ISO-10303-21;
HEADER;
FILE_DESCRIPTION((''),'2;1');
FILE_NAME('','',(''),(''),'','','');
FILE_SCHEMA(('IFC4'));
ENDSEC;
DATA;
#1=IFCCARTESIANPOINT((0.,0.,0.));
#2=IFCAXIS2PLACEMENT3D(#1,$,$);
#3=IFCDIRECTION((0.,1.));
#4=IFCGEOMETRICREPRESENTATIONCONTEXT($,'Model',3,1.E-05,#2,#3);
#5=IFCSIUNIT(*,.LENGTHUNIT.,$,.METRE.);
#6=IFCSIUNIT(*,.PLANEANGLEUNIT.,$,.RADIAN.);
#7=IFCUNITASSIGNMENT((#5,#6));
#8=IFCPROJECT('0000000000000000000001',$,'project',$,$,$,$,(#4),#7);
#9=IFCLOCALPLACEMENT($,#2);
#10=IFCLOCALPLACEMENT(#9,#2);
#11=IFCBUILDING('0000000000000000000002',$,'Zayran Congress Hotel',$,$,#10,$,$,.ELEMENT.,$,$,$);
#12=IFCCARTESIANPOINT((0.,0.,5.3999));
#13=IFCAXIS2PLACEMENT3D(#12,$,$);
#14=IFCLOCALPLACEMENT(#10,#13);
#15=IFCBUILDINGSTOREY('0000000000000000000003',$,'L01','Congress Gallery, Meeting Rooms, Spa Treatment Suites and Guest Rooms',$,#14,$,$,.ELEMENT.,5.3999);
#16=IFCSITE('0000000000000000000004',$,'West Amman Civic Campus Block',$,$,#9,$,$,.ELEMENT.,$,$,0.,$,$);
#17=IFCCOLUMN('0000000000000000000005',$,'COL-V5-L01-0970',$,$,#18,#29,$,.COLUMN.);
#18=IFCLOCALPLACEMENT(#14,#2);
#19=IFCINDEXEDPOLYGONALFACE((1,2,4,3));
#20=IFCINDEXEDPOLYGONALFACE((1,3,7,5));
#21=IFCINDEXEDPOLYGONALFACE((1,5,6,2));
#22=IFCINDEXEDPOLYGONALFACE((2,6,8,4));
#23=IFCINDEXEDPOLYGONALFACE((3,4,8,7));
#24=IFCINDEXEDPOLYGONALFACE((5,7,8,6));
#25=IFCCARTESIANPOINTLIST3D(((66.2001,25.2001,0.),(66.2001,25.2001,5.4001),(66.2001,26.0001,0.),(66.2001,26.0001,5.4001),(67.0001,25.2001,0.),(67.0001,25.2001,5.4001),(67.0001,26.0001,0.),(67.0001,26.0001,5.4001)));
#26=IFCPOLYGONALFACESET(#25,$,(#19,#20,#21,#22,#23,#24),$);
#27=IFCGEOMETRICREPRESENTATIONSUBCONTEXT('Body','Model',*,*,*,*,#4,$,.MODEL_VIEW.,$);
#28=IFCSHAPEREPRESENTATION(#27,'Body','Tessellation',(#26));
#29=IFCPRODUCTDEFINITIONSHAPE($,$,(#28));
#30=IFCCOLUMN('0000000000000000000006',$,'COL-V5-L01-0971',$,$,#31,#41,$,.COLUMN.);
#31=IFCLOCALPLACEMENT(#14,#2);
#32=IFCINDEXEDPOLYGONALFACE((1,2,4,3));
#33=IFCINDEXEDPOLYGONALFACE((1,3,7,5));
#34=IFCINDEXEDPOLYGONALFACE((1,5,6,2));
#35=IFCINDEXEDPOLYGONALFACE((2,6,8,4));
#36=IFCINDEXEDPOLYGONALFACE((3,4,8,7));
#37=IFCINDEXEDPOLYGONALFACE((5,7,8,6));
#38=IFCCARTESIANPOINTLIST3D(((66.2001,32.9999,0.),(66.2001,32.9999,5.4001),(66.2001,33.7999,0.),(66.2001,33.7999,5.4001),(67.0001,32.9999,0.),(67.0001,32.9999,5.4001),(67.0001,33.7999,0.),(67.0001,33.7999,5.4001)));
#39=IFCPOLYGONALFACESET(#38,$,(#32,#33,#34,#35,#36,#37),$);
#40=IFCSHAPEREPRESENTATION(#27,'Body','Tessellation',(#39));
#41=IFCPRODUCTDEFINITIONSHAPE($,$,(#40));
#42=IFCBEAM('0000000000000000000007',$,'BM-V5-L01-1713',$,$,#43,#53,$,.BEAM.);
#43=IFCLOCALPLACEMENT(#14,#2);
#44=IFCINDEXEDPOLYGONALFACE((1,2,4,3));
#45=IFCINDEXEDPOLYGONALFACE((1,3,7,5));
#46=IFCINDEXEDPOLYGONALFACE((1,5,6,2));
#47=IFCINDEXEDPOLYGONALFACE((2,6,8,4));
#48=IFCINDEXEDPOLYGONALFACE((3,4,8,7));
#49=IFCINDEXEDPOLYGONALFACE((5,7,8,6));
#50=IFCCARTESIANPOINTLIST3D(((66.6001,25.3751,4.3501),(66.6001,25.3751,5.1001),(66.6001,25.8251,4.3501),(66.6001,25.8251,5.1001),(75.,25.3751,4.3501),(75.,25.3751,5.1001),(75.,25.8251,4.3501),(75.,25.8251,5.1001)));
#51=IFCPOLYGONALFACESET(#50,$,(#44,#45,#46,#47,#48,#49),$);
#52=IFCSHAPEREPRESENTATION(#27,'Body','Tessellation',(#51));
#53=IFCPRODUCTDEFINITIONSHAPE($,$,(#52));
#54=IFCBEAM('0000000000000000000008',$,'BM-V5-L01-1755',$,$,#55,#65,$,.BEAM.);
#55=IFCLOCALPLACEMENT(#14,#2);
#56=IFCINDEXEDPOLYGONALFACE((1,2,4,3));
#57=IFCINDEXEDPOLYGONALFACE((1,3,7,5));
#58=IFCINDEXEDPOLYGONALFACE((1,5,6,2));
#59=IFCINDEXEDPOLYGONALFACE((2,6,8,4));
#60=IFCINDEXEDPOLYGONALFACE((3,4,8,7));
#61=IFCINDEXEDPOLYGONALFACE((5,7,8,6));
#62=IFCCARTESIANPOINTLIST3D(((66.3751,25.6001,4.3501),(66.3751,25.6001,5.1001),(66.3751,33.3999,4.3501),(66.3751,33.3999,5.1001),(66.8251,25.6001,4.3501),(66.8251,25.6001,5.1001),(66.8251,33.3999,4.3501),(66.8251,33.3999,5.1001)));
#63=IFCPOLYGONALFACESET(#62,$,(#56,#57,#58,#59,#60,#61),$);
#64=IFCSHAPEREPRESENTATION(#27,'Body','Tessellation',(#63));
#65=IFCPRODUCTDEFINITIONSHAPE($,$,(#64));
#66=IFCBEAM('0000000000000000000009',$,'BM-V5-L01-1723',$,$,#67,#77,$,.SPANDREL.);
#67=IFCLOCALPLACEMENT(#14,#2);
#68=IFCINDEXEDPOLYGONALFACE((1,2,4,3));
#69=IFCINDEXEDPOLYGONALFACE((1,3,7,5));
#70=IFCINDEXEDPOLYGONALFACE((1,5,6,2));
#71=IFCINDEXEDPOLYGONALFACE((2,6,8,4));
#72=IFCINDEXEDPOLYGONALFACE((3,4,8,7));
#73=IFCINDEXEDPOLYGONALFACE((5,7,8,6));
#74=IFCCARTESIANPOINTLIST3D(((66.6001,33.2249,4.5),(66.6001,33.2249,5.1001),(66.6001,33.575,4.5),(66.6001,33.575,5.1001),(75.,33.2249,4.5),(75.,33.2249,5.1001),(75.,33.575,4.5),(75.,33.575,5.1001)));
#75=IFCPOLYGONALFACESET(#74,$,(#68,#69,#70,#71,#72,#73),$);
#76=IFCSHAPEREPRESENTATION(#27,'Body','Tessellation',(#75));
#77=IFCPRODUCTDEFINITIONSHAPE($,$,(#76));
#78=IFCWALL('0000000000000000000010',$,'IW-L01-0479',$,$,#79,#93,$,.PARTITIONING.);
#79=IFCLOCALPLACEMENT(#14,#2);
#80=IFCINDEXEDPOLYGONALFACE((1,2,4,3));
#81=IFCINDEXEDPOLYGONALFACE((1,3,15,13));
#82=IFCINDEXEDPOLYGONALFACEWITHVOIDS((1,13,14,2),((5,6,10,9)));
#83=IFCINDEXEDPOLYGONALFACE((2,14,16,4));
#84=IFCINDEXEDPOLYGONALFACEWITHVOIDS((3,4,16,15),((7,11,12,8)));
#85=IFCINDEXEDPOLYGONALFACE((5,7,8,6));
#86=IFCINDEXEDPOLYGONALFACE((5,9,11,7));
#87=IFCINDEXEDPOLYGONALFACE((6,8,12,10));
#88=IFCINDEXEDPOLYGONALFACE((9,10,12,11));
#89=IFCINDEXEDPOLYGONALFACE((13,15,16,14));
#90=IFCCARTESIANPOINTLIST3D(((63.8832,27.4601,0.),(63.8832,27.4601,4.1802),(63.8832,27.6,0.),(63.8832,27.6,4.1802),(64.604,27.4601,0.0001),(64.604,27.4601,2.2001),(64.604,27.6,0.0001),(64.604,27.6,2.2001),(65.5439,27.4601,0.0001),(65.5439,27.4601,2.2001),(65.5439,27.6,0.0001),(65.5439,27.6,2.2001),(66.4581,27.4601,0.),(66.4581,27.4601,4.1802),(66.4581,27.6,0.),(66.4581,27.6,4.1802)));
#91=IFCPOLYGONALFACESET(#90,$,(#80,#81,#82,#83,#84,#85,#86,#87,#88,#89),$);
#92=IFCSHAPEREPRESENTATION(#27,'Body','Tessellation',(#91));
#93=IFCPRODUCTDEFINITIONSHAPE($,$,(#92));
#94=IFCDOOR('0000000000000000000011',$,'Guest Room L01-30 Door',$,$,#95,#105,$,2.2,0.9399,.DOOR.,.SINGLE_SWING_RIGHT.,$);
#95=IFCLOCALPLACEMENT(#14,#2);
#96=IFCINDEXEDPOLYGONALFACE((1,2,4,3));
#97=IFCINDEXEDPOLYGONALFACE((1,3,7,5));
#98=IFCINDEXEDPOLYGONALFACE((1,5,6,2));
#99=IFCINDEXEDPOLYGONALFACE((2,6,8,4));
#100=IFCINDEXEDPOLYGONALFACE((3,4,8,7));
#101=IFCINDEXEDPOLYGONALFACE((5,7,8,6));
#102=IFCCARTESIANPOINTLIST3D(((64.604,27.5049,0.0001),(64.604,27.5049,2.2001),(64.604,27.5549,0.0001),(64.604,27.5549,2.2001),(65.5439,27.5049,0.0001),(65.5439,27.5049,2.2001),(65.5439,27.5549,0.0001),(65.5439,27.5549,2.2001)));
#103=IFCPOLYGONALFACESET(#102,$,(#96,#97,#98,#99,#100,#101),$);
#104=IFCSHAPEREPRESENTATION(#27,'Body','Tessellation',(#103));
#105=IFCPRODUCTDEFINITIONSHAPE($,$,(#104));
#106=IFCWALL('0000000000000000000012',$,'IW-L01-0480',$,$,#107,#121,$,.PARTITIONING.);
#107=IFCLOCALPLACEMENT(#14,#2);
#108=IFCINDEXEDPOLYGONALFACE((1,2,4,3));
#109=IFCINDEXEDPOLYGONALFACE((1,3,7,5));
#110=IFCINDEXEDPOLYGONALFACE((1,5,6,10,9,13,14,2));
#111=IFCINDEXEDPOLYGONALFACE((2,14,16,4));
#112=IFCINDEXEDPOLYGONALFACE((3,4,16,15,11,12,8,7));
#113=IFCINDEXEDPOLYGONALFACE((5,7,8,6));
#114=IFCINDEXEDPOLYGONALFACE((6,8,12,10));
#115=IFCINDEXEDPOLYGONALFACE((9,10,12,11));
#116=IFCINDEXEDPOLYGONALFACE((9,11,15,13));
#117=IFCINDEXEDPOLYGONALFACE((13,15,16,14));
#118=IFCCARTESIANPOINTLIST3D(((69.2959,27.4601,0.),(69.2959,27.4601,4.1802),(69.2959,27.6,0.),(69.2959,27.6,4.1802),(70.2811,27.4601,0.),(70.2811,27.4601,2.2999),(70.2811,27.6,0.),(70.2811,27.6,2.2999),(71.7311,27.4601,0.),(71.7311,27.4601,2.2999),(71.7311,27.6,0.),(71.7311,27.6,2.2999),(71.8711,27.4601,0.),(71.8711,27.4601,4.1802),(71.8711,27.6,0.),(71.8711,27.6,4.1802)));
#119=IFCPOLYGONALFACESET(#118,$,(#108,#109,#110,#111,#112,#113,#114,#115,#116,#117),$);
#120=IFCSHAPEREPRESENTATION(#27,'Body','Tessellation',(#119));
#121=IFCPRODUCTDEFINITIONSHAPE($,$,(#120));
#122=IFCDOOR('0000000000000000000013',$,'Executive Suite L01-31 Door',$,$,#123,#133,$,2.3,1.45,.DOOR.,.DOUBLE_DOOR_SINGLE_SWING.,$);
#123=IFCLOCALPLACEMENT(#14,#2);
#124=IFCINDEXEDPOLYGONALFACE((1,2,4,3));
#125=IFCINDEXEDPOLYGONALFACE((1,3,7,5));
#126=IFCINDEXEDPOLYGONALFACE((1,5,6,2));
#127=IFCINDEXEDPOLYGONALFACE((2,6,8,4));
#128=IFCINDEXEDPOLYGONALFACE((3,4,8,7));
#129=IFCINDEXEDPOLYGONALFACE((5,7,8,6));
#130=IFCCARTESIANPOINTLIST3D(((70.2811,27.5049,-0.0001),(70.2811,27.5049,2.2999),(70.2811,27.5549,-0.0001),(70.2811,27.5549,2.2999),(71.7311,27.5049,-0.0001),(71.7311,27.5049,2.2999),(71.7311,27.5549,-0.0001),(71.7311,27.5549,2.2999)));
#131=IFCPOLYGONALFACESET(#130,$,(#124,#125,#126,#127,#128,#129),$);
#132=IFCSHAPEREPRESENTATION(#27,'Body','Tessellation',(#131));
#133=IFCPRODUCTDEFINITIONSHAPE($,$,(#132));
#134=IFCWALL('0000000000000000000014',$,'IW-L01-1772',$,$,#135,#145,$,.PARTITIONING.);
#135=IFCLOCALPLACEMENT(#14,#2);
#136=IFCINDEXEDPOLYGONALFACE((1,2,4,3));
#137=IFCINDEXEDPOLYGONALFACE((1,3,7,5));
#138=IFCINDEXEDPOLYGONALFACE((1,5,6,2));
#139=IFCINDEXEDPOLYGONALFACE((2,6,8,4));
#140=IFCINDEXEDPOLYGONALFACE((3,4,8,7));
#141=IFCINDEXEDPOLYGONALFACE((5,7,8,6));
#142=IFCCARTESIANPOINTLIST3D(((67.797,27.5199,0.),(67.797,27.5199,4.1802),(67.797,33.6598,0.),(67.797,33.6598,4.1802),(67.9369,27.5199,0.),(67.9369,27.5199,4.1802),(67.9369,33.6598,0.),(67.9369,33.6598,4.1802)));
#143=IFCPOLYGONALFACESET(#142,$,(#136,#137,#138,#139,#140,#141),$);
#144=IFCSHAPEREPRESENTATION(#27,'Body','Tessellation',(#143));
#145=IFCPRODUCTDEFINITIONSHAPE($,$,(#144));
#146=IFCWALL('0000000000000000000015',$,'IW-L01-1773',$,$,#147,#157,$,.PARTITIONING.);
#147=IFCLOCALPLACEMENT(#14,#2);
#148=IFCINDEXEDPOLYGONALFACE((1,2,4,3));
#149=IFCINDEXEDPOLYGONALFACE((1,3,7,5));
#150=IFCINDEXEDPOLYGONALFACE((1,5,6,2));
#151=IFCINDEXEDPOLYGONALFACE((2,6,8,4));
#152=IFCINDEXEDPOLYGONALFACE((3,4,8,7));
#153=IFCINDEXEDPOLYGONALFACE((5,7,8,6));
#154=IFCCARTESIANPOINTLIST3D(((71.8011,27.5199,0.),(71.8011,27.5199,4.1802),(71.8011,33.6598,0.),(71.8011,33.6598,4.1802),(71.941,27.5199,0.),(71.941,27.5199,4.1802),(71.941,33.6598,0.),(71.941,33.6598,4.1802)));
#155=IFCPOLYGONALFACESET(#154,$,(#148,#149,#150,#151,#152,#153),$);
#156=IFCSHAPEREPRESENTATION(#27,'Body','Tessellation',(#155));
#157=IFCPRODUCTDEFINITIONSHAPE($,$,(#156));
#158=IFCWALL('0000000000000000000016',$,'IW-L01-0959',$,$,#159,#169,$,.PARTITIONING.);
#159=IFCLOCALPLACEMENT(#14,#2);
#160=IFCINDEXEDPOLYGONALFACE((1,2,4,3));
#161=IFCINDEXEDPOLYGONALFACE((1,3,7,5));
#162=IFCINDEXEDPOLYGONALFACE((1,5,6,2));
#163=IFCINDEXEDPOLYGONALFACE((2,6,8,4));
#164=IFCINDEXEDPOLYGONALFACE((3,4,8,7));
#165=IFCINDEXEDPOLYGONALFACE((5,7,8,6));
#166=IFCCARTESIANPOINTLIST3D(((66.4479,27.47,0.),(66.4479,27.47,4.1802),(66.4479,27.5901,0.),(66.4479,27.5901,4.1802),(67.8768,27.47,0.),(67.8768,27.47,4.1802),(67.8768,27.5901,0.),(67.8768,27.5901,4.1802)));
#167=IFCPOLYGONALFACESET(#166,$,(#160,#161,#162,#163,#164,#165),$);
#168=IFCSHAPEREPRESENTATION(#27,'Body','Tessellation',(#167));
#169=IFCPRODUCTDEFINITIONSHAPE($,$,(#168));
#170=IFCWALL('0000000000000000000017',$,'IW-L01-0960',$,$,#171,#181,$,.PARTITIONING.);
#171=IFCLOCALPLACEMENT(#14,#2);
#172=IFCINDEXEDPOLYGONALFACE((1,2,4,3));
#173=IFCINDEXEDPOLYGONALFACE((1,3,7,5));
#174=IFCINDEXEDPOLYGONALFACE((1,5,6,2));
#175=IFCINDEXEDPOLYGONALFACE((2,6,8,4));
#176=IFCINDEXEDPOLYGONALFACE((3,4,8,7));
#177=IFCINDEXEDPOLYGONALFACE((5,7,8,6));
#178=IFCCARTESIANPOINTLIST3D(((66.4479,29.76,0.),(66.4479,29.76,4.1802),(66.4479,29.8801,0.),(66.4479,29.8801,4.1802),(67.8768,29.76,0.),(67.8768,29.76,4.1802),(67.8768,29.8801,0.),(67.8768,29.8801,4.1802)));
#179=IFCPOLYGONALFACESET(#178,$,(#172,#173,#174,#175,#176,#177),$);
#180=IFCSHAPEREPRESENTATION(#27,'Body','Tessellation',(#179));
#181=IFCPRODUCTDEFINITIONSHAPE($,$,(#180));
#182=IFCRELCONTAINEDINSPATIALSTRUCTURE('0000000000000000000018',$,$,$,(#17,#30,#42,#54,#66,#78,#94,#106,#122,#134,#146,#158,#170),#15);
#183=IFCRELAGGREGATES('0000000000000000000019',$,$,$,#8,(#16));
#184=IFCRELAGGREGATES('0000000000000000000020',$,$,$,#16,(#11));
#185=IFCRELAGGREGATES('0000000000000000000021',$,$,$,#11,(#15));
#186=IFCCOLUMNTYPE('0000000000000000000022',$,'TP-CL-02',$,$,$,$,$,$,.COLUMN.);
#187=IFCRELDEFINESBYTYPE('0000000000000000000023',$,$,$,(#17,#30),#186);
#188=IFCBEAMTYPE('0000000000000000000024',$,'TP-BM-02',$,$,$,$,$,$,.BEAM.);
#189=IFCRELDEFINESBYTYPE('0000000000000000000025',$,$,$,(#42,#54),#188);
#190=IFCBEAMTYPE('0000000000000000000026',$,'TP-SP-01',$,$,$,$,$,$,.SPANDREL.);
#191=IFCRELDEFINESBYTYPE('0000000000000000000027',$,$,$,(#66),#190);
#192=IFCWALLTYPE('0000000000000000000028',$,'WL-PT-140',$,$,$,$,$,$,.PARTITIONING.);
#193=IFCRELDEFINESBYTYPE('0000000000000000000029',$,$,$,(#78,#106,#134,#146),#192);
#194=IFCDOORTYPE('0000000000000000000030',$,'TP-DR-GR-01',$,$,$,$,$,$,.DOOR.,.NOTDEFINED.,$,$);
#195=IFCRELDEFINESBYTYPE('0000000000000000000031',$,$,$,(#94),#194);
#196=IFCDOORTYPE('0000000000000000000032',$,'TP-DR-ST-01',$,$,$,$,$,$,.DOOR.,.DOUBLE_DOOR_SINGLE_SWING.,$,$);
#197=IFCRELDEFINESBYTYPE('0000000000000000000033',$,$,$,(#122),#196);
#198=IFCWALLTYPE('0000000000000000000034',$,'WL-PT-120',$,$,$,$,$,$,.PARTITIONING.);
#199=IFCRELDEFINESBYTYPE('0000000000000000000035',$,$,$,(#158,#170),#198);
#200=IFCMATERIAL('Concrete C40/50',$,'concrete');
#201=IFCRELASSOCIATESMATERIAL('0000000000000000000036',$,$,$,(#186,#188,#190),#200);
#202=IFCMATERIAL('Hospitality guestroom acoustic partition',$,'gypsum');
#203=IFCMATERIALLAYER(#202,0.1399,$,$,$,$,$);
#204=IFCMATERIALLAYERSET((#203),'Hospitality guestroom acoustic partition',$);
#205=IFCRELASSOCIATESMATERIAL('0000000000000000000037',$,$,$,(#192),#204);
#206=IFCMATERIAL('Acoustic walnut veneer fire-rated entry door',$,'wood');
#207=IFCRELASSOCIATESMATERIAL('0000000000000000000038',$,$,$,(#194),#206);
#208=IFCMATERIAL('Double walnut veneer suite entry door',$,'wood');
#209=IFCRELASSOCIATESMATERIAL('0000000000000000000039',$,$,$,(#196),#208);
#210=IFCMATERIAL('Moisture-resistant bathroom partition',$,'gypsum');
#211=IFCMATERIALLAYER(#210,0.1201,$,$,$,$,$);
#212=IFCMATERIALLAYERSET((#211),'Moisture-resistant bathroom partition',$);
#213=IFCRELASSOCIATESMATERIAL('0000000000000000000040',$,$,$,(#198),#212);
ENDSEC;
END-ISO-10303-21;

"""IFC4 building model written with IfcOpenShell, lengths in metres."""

from ifc_helpers import new_model, si_unit, direction, frame, frame_2d, origin, origin_2d, place, context, subcontext, project, spatial, rectangle, extrude, material, layer, layer_set, material_profile, profile_set, type_object, element, fill, save


model = new_model("IFC4")

# Units and contexts
model_context = context("Model", 3, precision=1e-05, world=origin(), true_north=direction((0.0, 1.0)))
body_context = subcontext(model_context, "Body", "Model", "MODEL_VIEW")
ifc_project = project(units=[si_unit("LENGTHUNIT", "METRE"), si_unit("PLANEANGLEUNIT", "RADIAN")], contexts=[model_context])

# Site, building, storey
site_placement = place(None, origin())
site = spatial("IfcSite", under=ifc_project, at=site_placement, Name="West Amman Civic Campus Block", CompositionType="ELEMENT", RefElevation=0.0)
building_placement = place(site_placement, origin())
building = spatial("IfcBuilding", under=site, at=building_placement, Name="Zayran Congress Hotel", CompositionType="ELEMENT")
storey_placement = place(building_placement, frame((0.0, 0.0, 5.3999)))
storey = spatial("IfcBuildingStorey", under=building, at=storey_placement, Name="L01", Description="Congress Gallery, Meeting Rooms, Spa Treatment Suites and Guest Rooms", CompositionType="ELEMENT", Elevation=5.3999)

# Columns
ifc_material_1 = material(Name="Concrete C40/50", Category="concrete")
ifc_material_profile_1 = material_profile(ifc_material_1, rectangle(XDim=0.8, YDim=0.8, at=origin_2d()), Name="RC 800x800")
ifc_profile_set_1 = profile_set([ifc_material_profile_1], Name="Concrete C40/50")
column_type = type_object("IfcColumnType", Name="TP-CL-02", PredefinedType="COLUMN", material=ifc_profile_set_1)
for number, where, z_axis, x_axis, name in (
    (1, (66.6001, 25.6001, 0.0), (0.0, 0.0, 1.0), (1.0, 0.0, 0.0), "COL-V5-L01-0970"),
    (2, (66.6001, 33.3999, 0.0), (0.0, 0.0, 1.0), (1.0, 0.0, 0.0), "COL-V5-L01-0971"),
):
    element("IfcColumn", number, at=place(storey_placement, frame(where, z_axis=z_axis, x_axis=x_axis)), inside=storey, type_object=column_type, Name=name, PredefinedType="COLUMN", context=body_context, shape_type="SweptSolid", body=[
        extrude(rectangle(XDim=0.8, YDim=0.8, at=origin_2d()), origin(), (0.0, 0.0, 1.0), 5.4001),
    ])

# Beams
ifc_material_profile_2 = material_profile(ifc_material_1, rectangle(XDim=0.45, YDim=0.75, at=origin_2d()), Name="RC 450x750")
ifc_profile_set_2 = profile_set([ifc_material_profile_2], Name="Concrete C40/50")
beam_type_1 = type_object("IfcBeamType", Name="TP-BM-02", PredefinedType="BEAM", material=ifc_profile_set_2)
beam_1_placement = place(storey_placement, frame((66.6001, 25.6001, 4.7251), z_axis=(1.0, 0.0, 0.0), x_axis=(0.0, 1.0, 0.0)))
element("IfcBeam", 3, at=beam_1_placement, inside=storey, type_object=beam_type_1, Name="BM-V5-L01-1713", PredefinedType="BEAM", context=body_context, shape_type="SweptSolid", body=[
    extrude(rectangle(XDim=0.45, YDim=0.75, at=origin_2d()), origin(), (0.0, 0.0, 1.0), 8.3999),
])
beam_2_placement = place(storey_placement, frame((66.6001, 25.6001, 4.7251), z_axis=(0.0, 1.0, 0.0), x_axis=(-1.0, 0.0, 0.0)))
element("IfcBeam", 4, at=beam_2_placement, inside=storey, type_object=beam_type_1, Name="BM-V5-L01-1755", PredefinedType="BEAM", context=body_context, shape_type="SweptSolid", body=[
    extrude(rectangle(XDim=0.45, YDim=0.75, at=origin_2d()), origin(), (0.0, 0.0, 1.0), 7.7998),
])
ifc_material_profile_3 = material_profile(ifc_material_1, rectangle(XDim=0.3501, YDim=0.6001, at=origin_2d()), Name="RC 350x600")
ifc_profile_set_3 = profile_set([ifc_material_profile_3], Name="Concrete C40/50")
beam_type_2 = type_object("IfcBeamType", Name="TP-SP-01", PredefinedType="SPANDREL", material=ifc_profile_set_3)
beam_3_placement = place(storey_placement, frame((66.6001, 33.3999, 4.8), z_axis=(1.0, 0.0, 0.0), x_axis=(0.0, 1.0, 0.0)))
element("IfcBeam", 5, at=beam_3_placement, inside=storey, type_object=beam_type_2, Name="BM-V5-L01-1723", PredefinedType="SPANDREL", context=body_context, shape_type="SweptSolid", body=[
    extrude(rectangle(XDim=0.3501, YDim=0.6001, at=origin_2d()), origin(), (0.0, 0.0, 1.0), 8.3999),
])

# Walls, openings, doors
ifc_material_2 = material(Name="Hospitality guestroom acoustic partition", Category="gypsum")
ifc_layer_1 = layer(ifc_material_2, 0.1399)
ifc_layer_set_1 = layer_set([ifc_layer_1], Name="Hospitality guestroom acoustic partition")
wall_type_1 = type_object("IfcWallType", Name="WL-PT-140", PredefinedType="PARTITIONING", material=ifc_layer_set_1)
wall_1_placement = place(storey_placement, frame((63.8831, 27.53, 0.0), z_axis=(0.0, 0.0, 1.0), x_axis=(1.0, 0.0, 0.0)))
wall_1 = element("IfcWall", 6, at=wall_1_placement, inside=storey, type_object=wall_type_1, Name="IW-L01-0479", PredefinedType="PARTITIONING", context=body_context, shape_type="SweptSolid", body=[
    extrude(rectangle(XDim=2.575, YDim=0.1399, at=frame_2d((1.2876, 0.0))), origin(), (0.0, 0.0, 1.0), 4.1802),
])
opening_1_placement = place(wall_1_placement, frame((0.7209, 0.0, 0.0)))
opening_1 = element("IfcOpeningElement", 7, at=opening_1_placement, cuts=wall_1, PredefinedType="OPENING", context=body_context, shape_type="SweptSolid", body=[
    extrude(rectangle(XDim=0.9399, YDim=2.2, at=frame_2d((0.47, 1.1001))), frame((0.0, 0.0798, 0.0), z_axis=(0.0, -1.0, 0.0), x_axis=(1.0, 0.0, 0.0)), (0.0, 0.0, 1.0), 0.1599),
])
ifc_material_3 = material(Name="Acoustic walnut veneer fire-rated entry door", Category="wood")
door_type_1 = type_object("IfcDoorType", Name="TP-DR-GR-01", OperationType="NOTDEFINED", PredefinedType="DOOR", material=ifc_material_3)
door_1_placement = place(opening_1_placement, origin())
door_1 = element("IfcDoor", 8, at=door_1_placement, inside=storey, type_object=door_type_1, Name="Guest Room L01-30 Door", OperationType="SINGLE_SWING_RIGHT", OverallHeight=2.2, OverallWidth=0.9399, PredefinedType="DOOR", context=body_context, shape_type="SweptSolid", body=[
    extrude(rectangle(XDim=0.9399, YDim=2.2, at=frame_2d((0.47, 1.1001))), frame((0.0, 0.0249, 0.0), z_axis=(0.0, -1.0, 0.0), x_axis=(1.0, 0.0, 0.0)), (0.0, 0.0, 1.0), 0.05),
])
fill(opening_1, door_1)
wall_2_placement = place(storey_placement, frame((69.2959, 27.53, 0.0), z_axis=(0.0, 0.0, 1.0), x_axis=(1.0, 0.0, 0.0)))
wall_2 = element("IfcWall", 9, at=wall_2_placement, inside=storey, type_object=wall_type_1, Name="IW-L01-0480", PredefinedType="PARTITIONING", context=body_context, shape_type="SweptSolid", body=[
    extrude(rectangle(XDim=2.5752, YDim=0.1399, at=frame_2d((1.2876, 0.0))), origin(), (0.0, 0.0, 1.0), 4.1802),
])
opening_2_placement = place(wall_2_placement, frame((0.9851, 0.0, 0.0)))
opening_2 = element("IfcOpeningElement", 10, at=opening_2_placement, cuts=wall_2, PredefinedType="OPENING", context=body_context, shape_type="SweptSolid", body=[
    extrude(rectangle(XDim=1.45, YDim=2.3, at=frame_2d((0.7251, 1.1499))), frame((0.0, 0.0798, 0.0), z_axis=(0.0, -1.0, 0.0), x_axis=(1.0, 0.0, 0.0)), (0.0, 0.0, 1.0), 0.1599),
])
ifc_material_4 = material(Name="Double walnut veneer suite entry door", Category="wood")
door_type_2 = type_object("IfcDoorType", Name="TP-DR-ST-01", OperationType="DOUBLE_DOOR_SINGLE_SWING", PredefinedType="DOOR", material=ifc_material_4)
door_2_placement = place(opening_2_placement, origin())
door_2 = element("IfcDoor", 11, at=door_2_placement, inside=storey, type_object=door_type_2, Name="Executive Suite L01-31 Door", OperationType="DOUBLE_DOOR_SINGLE_SWING", OverallHeight=2.3, OverallWidth=1.45, PredefinedType="DOOR", context=body_context, shape_type="SweptSolid", body=[
    extrude(rectangle(XDim=1.45, YDim=2.3, at=frame_2d((0.7251, 1.1499))), frame((0.0, 0.0249, 0.0), z_axis=(0.0, -1.0, 0.0), x_axis=(1.0, 0.0, 0.0)), (0.0, 0.0, 1.0), 0.05),
])
fill(opening_2, door_2)

# Walls
for number, where, z_axis, x_axis, name in (
    (12, (67.8669, 27.52, 0.0), (0.0, 0.0, 1.0), (0.0, 1.0, 0.0), "IW-L01-1772"),
    (13, (71.8711, 27.52, 0.0), (0.0, 0.0, 1.0), (0.0, 1.0, 0.0), "IW-L01-1773"),
):
    element("IfcWall", number, at=place(storey_placement, frame(where, z_axis=z_axis, x_axis=x_axis)), inside=storey, type_object=wall_type_1, Name=name, PredefinedType="PARTITIONING", context=body_context, shape_type="SweptSolid", body=[
        extrude(rectangle(XDim=6.1399, YDim=0.1399, at=frame_2d((3.0698, 0.0))), origin(), (0.0, 0.0, 1.0), 4.1802),
    ])

# Shared definitions
ifc_material_5 = material(Name="Moisture-resistant bathroom partition", Category="gypsum")
ifc_layer_2 = layer(ifc_material_5, 0.1201)
ifc_layer_set_2 = layer_set([ifc_layer_2], Name="Moisture-resistant bathroom partition")
wall_type_2 = type_object("IfcWallType", Name="WL-PT-120", PredefinedType="PARTITIONING", material=ifc_layer_set_2)

# Walls
for number, where, z_axis, x_axis, name in (
    (14, (66.448, 27.53, 0.0), (0.0, 0.0, 1.0), (1.0, 0.0, 0.0), "IW-L01-0959"),
    (15, (66.448, 29.8201, 0.0), (0.0, 0.0, 1.0), (1.0, 0.0, 0.0), "IW-L01-0960"),
):
    element("IfcWall", number, at=place(storey_placement, frame(where, z_axis=z_axis, x_axis=x_axis)), inside=storey, type_object=wall_type_2, Name=name, PredefinedType="PARTITIONING", context=body_context, shape_type="SweptSolid", body=[
        extrude(rectangle(XDim=1.429, YDim=0.1201, at=frame_2d((0.7144, 0.0))), origin(), (0.0, 0.0, 1.0), 4.1802),
    ])

save(model, "model.ifc")
